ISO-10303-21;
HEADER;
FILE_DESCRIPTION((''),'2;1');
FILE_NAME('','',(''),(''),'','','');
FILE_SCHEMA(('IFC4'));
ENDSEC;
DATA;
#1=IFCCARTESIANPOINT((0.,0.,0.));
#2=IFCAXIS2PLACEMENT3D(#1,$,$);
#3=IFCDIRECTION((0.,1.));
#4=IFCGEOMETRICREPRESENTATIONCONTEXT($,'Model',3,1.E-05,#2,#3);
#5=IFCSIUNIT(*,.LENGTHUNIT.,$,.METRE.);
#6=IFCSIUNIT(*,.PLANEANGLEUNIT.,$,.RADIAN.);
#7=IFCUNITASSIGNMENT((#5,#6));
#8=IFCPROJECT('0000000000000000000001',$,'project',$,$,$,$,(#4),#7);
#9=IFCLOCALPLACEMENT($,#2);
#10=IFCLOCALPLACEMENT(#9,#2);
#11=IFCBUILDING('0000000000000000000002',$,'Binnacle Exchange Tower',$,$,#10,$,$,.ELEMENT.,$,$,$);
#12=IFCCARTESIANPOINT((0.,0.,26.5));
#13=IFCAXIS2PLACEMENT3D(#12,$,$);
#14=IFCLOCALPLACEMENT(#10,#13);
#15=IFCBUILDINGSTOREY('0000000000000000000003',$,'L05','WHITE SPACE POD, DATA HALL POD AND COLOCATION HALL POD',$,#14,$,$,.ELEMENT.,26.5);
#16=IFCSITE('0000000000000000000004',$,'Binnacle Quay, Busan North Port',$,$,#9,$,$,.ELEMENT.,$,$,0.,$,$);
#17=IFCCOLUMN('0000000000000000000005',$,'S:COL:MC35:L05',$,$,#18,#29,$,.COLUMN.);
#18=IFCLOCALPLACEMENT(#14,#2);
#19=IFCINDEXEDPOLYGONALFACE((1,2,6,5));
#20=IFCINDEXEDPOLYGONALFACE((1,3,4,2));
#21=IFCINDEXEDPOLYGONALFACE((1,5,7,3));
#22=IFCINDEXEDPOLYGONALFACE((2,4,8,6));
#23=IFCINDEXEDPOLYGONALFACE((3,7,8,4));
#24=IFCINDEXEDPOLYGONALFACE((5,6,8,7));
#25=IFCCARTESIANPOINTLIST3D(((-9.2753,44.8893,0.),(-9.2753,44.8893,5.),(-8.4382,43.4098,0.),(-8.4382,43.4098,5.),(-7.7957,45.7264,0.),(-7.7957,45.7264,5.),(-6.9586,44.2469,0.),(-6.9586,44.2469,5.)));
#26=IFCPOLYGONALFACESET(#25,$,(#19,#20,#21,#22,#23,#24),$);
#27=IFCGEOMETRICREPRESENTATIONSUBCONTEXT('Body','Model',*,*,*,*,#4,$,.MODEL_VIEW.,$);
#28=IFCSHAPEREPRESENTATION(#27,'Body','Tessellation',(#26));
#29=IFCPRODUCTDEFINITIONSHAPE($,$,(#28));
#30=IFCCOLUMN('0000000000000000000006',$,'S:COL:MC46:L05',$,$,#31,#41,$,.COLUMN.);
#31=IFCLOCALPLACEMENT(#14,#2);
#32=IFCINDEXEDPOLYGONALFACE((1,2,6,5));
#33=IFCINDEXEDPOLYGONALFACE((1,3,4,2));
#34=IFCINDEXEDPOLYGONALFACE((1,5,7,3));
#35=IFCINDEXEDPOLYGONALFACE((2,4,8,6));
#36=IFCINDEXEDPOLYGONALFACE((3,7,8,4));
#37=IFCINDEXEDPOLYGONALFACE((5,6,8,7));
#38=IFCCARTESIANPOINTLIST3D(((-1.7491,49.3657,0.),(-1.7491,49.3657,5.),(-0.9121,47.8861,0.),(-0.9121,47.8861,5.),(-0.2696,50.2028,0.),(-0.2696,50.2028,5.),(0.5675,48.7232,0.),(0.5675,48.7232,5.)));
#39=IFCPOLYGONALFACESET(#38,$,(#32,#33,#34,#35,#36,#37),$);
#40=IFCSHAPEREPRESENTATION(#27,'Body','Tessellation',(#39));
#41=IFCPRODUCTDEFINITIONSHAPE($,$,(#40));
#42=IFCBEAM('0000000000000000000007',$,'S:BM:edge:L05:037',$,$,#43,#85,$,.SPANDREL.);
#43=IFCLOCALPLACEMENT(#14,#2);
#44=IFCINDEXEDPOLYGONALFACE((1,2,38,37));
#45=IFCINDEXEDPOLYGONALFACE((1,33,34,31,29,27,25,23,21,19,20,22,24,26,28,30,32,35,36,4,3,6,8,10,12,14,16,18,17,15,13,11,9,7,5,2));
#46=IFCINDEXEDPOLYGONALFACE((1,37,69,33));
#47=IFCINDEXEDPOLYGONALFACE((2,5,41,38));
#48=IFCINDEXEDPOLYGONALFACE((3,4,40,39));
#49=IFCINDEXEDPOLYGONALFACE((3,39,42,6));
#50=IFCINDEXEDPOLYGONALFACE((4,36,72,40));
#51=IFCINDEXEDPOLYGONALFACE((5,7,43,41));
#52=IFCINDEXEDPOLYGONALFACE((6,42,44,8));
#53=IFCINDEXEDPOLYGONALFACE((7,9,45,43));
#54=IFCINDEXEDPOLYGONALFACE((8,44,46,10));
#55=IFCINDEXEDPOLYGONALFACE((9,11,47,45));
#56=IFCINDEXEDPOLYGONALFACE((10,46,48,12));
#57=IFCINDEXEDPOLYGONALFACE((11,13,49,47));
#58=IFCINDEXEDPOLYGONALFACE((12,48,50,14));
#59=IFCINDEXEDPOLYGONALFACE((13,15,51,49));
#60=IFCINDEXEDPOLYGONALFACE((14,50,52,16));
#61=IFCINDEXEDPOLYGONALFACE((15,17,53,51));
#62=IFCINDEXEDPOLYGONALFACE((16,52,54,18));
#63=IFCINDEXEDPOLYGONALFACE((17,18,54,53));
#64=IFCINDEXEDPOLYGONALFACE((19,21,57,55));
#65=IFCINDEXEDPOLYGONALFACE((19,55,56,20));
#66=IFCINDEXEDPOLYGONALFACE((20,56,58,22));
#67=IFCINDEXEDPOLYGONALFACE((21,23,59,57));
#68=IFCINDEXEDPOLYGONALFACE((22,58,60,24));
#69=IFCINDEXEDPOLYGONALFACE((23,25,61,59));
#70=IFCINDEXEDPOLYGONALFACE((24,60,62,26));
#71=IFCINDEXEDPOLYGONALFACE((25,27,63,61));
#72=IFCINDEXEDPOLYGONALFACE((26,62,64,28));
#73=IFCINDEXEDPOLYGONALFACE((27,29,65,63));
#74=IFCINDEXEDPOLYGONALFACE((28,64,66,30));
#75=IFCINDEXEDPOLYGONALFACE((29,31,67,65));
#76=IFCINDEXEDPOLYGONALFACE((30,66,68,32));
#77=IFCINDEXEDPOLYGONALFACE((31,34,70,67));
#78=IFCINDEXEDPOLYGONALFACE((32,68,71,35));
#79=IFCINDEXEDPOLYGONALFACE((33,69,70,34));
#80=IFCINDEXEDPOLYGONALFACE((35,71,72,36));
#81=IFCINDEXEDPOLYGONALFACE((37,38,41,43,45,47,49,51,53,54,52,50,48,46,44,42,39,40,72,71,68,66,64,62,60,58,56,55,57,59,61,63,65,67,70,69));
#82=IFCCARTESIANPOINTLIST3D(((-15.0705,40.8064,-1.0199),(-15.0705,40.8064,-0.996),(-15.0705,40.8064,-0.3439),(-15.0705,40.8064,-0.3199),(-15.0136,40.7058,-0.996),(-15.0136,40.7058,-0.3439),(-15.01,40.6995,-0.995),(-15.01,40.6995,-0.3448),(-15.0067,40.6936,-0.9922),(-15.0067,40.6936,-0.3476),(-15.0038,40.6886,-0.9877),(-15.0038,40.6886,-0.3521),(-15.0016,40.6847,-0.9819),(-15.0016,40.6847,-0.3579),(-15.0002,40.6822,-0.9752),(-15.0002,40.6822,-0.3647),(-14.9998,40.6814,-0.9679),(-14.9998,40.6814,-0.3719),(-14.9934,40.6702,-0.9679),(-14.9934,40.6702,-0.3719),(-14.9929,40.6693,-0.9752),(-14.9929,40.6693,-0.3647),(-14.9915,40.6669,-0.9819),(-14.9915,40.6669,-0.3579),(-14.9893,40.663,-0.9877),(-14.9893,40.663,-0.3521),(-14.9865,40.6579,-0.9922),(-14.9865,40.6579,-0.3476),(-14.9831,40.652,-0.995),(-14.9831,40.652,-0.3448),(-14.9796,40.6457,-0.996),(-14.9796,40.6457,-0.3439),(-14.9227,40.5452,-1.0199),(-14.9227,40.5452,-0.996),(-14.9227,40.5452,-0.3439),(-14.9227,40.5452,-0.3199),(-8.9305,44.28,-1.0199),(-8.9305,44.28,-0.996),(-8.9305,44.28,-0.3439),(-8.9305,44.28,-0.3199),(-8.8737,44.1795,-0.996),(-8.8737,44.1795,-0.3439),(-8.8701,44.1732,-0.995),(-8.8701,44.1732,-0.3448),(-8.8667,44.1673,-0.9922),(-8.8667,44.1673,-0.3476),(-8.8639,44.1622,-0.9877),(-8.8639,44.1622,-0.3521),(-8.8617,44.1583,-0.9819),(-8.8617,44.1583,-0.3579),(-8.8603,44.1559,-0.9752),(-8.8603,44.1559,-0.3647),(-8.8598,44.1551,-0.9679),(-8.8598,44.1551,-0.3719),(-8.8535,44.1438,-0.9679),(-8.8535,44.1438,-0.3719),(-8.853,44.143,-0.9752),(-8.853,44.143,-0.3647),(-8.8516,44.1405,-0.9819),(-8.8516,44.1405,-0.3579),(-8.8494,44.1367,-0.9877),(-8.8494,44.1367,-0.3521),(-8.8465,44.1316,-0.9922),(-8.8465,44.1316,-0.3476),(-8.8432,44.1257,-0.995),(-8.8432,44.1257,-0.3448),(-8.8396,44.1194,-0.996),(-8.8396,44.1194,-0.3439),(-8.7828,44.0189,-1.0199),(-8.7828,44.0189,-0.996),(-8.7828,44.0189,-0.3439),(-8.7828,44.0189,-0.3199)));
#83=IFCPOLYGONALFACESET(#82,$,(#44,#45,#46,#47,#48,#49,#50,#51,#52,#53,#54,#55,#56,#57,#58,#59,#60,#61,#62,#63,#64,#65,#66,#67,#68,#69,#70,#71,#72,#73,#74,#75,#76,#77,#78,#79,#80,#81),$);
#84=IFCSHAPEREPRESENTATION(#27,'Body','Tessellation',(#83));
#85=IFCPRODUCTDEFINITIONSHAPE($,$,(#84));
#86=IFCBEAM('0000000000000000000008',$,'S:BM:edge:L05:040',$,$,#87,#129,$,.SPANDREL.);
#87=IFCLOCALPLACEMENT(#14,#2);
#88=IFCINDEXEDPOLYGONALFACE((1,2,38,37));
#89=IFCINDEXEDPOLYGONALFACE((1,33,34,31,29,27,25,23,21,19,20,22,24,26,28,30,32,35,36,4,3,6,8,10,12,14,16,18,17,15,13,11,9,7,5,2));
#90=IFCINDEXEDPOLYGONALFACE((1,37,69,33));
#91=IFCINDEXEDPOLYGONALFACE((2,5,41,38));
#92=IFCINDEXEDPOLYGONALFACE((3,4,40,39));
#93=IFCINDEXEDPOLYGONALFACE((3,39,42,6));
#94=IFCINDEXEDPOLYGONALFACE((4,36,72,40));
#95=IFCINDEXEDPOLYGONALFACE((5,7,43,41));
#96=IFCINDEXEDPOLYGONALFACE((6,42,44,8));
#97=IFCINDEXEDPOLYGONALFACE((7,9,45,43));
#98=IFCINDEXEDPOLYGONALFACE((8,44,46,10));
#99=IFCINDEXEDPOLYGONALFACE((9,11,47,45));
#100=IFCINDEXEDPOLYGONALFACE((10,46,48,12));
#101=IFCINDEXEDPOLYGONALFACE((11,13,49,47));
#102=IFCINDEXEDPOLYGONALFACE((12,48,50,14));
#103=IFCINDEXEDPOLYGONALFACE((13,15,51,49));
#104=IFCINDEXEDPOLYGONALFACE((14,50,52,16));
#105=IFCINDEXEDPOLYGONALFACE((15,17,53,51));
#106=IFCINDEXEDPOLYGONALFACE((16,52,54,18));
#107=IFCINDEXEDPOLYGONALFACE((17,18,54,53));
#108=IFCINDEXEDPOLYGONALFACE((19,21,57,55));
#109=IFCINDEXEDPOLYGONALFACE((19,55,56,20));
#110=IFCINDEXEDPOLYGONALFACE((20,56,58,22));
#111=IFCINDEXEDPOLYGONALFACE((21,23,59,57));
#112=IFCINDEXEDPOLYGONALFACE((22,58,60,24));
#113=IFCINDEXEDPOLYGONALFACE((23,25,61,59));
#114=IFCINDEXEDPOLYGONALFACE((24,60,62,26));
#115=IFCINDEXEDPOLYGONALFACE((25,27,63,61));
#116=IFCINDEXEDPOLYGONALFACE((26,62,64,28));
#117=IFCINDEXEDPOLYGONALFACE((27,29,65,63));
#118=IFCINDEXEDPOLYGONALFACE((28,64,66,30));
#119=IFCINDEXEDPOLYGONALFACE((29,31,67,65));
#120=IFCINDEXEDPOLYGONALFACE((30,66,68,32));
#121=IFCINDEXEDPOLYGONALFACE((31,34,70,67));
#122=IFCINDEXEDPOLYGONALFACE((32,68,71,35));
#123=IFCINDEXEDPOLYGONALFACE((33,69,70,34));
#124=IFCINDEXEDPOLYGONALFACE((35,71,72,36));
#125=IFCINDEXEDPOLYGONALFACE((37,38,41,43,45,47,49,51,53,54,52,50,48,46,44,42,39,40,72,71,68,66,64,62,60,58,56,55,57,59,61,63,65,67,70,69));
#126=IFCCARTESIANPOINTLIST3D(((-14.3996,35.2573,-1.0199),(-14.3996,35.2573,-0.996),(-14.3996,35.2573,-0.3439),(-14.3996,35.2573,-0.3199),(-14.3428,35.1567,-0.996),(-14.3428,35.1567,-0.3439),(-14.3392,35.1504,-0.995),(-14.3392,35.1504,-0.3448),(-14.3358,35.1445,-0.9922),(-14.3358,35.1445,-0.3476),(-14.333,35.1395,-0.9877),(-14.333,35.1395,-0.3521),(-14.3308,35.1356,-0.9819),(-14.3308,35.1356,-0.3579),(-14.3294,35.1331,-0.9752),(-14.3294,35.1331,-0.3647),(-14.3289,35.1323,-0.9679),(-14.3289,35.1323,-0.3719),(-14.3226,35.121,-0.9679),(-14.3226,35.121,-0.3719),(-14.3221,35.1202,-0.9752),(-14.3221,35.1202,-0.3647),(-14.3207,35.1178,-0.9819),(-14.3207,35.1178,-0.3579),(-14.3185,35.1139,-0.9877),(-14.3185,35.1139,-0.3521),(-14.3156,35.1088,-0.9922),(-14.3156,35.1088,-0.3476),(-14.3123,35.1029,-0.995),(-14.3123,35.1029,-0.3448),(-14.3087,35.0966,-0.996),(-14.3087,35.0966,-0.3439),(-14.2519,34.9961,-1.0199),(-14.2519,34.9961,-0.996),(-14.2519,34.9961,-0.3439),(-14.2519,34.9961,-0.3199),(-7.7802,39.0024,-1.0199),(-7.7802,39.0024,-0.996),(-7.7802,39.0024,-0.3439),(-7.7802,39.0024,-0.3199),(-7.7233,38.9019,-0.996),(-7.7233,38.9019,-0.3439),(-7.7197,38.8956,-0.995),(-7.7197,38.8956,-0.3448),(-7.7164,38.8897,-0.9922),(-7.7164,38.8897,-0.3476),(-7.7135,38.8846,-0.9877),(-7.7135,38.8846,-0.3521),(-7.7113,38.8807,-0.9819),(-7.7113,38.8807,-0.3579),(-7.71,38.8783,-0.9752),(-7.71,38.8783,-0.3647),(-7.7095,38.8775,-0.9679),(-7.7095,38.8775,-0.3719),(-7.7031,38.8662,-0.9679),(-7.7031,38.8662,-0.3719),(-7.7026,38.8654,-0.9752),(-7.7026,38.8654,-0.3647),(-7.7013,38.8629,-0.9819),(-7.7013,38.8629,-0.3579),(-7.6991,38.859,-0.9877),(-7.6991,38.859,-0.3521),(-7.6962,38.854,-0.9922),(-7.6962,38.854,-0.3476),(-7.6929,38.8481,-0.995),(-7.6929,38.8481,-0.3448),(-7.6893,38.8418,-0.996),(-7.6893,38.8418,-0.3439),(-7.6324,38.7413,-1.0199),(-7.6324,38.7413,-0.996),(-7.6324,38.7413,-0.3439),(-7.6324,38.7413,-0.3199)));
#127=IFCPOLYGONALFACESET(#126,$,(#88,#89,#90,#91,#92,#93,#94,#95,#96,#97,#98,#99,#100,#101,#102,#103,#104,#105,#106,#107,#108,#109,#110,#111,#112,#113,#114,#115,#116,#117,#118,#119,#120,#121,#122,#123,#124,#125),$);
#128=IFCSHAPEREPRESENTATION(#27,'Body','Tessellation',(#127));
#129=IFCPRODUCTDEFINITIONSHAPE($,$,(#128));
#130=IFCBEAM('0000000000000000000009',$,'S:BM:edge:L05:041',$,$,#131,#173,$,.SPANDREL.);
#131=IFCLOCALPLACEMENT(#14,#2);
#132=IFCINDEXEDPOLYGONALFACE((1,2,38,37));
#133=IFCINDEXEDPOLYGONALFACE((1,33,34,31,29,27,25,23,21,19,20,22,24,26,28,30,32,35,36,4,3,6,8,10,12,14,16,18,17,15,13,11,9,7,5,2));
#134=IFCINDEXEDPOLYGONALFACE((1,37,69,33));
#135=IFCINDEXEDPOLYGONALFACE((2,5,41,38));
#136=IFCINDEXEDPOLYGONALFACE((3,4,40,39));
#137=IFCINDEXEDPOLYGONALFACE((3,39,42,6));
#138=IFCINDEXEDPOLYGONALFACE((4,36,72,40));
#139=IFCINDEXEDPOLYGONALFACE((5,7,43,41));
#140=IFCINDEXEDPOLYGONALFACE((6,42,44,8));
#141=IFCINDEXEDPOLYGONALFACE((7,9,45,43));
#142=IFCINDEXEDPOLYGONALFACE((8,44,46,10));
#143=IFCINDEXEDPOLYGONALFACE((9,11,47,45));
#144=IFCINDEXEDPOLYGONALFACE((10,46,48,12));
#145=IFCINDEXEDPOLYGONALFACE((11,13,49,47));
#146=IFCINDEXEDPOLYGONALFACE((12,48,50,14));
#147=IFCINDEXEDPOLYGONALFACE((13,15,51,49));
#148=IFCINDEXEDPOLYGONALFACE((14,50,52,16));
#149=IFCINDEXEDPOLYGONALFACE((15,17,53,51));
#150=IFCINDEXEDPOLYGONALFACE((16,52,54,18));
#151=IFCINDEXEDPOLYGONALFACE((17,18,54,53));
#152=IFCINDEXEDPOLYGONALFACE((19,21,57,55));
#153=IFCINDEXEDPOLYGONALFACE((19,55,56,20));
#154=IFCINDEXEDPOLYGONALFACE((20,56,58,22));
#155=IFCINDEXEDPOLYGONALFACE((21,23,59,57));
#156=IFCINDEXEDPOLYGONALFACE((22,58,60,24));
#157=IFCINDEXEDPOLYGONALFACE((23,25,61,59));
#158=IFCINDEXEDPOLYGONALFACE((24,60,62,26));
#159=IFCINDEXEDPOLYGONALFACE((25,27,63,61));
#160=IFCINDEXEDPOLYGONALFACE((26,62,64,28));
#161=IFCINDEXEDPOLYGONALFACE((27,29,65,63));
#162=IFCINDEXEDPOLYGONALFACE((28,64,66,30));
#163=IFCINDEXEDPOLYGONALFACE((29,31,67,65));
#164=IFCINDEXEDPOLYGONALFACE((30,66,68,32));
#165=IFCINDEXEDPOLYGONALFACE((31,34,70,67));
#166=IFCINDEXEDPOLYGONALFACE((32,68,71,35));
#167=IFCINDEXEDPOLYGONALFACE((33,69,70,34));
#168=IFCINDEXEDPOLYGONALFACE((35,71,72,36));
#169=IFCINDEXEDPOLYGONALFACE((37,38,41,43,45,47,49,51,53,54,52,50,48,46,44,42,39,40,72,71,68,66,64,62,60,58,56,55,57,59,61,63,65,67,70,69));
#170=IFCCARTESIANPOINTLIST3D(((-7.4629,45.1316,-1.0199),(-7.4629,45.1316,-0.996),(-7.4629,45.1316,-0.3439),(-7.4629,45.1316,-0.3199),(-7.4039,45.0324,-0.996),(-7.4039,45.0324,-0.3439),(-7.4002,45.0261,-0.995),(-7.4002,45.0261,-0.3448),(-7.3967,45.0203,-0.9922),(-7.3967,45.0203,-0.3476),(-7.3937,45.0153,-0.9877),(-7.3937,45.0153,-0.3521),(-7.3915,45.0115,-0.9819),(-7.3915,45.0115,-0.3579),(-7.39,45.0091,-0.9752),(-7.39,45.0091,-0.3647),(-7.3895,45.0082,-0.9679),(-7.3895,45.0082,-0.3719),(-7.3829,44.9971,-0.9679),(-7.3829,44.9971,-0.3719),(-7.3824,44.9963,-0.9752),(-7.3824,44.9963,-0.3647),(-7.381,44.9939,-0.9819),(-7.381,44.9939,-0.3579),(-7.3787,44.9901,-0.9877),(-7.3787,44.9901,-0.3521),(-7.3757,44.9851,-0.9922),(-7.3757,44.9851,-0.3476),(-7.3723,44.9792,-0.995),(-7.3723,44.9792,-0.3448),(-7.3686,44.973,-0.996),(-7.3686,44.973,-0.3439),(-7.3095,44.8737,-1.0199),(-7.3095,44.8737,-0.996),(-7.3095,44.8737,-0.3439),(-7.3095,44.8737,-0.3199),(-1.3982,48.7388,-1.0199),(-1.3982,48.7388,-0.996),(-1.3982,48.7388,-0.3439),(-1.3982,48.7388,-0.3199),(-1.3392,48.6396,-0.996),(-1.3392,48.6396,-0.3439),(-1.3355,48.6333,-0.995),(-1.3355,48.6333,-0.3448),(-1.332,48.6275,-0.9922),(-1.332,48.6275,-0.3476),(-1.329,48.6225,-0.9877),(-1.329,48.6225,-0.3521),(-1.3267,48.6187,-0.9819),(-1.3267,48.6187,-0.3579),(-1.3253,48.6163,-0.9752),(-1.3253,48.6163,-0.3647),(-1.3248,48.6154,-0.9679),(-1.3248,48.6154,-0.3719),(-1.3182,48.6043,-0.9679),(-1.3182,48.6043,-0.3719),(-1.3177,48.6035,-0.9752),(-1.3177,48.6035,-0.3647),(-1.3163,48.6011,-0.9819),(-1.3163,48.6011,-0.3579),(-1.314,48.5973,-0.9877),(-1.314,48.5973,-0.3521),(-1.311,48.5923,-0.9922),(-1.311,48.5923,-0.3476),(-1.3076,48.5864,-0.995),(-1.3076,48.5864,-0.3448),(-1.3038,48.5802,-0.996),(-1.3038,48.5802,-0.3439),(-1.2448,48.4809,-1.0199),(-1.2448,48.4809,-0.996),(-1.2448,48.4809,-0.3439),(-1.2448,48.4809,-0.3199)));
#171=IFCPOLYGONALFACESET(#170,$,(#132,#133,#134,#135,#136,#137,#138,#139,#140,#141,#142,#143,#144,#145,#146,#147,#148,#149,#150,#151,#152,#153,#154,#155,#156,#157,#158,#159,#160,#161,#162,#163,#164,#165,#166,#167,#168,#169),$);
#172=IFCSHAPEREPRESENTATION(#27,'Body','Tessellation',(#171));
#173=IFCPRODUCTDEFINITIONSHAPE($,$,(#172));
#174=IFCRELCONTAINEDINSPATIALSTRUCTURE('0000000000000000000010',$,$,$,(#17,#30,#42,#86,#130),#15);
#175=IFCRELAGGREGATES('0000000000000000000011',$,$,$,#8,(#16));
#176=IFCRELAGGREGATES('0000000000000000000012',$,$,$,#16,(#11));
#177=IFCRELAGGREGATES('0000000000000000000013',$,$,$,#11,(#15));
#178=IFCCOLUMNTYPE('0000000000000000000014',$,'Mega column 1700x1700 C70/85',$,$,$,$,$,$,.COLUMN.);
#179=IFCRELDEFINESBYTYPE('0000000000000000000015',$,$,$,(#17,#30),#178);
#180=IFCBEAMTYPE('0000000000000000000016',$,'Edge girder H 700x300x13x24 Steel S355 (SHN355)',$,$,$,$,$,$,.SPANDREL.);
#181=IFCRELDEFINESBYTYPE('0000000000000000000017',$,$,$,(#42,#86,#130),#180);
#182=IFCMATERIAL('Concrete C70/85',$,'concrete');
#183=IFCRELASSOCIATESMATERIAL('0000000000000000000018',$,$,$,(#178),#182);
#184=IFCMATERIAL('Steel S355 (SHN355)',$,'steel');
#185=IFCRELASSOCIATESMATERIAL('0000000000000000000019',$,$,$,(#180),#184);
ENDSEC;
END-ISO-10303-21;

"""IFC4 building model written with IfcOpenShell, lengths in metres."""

from ifc_helpers import new_model, si_unit, direction, frame, origin, origin_2d, place, context, subcontext, project, spatial, rectangle, i_section, extrude, material, material_profile, profile_set, type_object, element, save


model = new_model("IFC4")

# Units and contexts
model_context = context("Model", 3, precision=1e-05, world=origin(), true_north=direction((0.0, 1.0)))
body_context = subcontext(model_context, "Body", "Model", "MODEL_VIEW")
ifc_project = project(units=[si_unit("LENGTHUNIT", "METRE"), si_unit("PLANEANGLEUNIT", "RADIAN")], contexts=[model_context])

# Site, building, storey
site_placement = place(None, origin())
site = spatial("IfcSite", under=ifc_project, at=site_placement, Name="Binnacle Quay, Busan North Port", CompositionType="ELEMENT", RefElevation=0.0)
building_placement = place(site_placement, origin())
building = spatial("IfcBuilding", under=site, at=building_placement, Name="Binnacle Exchange Tower", CompositionType="ELEMENT")
storey_placement = place(building_placement, frame((0.0, 0.0, 26.5)))
storey = spatial("IfcBuildingStorey", under=building, at=storey_placement, Name="L05", Description="WHITE SPACE POD, DATA HALL POD AND COLOCATION HALL POD", CompositionType="ELEMENT", Elevation=26.5)

# Columns
ifc_material_1 = material(Name="Concrete C70/85", Category="concrete")
ifc_material_profile_1 = material_profile(ifc_material_1, rectangle(XDim=1.7, YDim=1.7, at=origin_2d()), Name="Mega column 1700x1700 C70/85")
ifc_profile_set_1 = profile_set([ifc_material_profile_1], Name="Concrete C70/85")
column_type = type_object("IfcColumnType", Name="Mega column 1700x1700 C70/85", PredefinedType="COLUMN", material=ifc_profile_set_1)
for number, where, z_axis, x_axis, name in (
    (1, (-8.1169, 44.5681, 0.0), (0.0, 0.0, 1.0), (0.870356, 0.492424, 0.0), "S:COL:MC35:L05"),
    (2, (-0.5908, 49.0444, 0.0), (0.0, 0.0, 1.0), (0.870356, 0.492424, 0.0), "S:COL:MC46:L05"),
):
    element("IfcColumn", number, at=place(storey_placement, frame(where, z_axis=z_axis, x_axis=x_axis)), inside=storey, type_object=column_type, Name=name, PredefinedType="COLUMN", context=body_context, shape_type="SweptSolid", body=[
        extrude(rectangle(XDim=1.7, YDim=1.7, at=origin_2d()), origin(), (0.0, 0.0, 1.0), 5.0),
    ])

# Beams
ifc_material_2 = material(Name="Steel S355 (SHN355)", Category="steel")
ifc_material_profile_2 = material_profile(ifc_material_2, i_section(OverallWidth=0.3, OverallDepth=0.7, WebThickness=0.0129, FlangeThickness=0.0239, FilletRadius=0.0281, at=origin_2d()), Name="H 700x300x13x24")
ifc_profile_set_2 = profile_set([ifc_material_profile_2], Name="Steel S355 (SHN355)")
beam_type_1 = type_object("IfcBeamType", Name="Edge girder H 700x300x13x24 Steel S355 (SHN355)", PredefinedType="SPANDREL", material=ifc_profile_set_2)
beam_1_placement = place(storey_placement, frame((-14.9966, 40.6758, -0.6699), z_axis=(0.870365, 0.492407, 0.0), x_axis=(-0.492407, 0.870365, 0.0)))
element("IfcBeam", 3, at=beam_1_placement, inside=storey, type_object=beam_type_1, Name="S:BM:edge:L05:037", PredefinedType="SPANDREL", context=body_context, shape_type="SweptSolid", body=[
    extrude(i_section(OverallWidth=0.3, OverallDepth=0.7, WebThickness=0.0129, FlangeThickness=0.0239, FilletRadius=0.0281, at=origin_2d()), origin(), (0.0, 0.0, 1.0), 7.0544),
])
beam_2_placement = place(storey_placement, frame((-7.7063, 38.8718, -0.6699), z_axis=(-0.870353, -0.492428, 0.0), x_axis=(0.492428, -0.870353, 0.0)))
element("IfcBeam", 4, at=beam_2_placement, inside=storey, type_object=beam_type_1, Name="S:BM:edge:L05:040", PredefinedType="SPANDREL", context=body_context, shape_type="SweptSolid", body=[
    extrude(i_section(OverallWidth=0.3, OverallDepth=0.7, WebThickness=0.0129, FlangeThickness=0.0239, FilletRadius=0.0281, at=origin_2d()), origin(), (0.0, 0.0, 1.0), 7.6055),
])
beam_3_placement = place(storey_placement, frame((-7.3862, 45.0027, -0.6699), z_axis=(0.859465, 0.511195, 0.0), x_axis=(-0.511195, 0.859465, 0.0)))
element("IfcBeam", 5, at=beam_3_placement, inside=storey, type_object=beam_type_1, Name="S:BM:edge:L05:041", PredefinedType="SPANDREL", context=body_context, shape_type="SweptSolid", body=[
    extrude(i_section(OverallWidth=0.3, OverallDepth=0.7, WebThickness=0.0129, FlangeThickness=0.0239, FilletRadius=0.0281, at=origin_2d()), origin(), (0.0, 0.0, 1.0), 7.0564),
])

save(model, "model.ifc")
